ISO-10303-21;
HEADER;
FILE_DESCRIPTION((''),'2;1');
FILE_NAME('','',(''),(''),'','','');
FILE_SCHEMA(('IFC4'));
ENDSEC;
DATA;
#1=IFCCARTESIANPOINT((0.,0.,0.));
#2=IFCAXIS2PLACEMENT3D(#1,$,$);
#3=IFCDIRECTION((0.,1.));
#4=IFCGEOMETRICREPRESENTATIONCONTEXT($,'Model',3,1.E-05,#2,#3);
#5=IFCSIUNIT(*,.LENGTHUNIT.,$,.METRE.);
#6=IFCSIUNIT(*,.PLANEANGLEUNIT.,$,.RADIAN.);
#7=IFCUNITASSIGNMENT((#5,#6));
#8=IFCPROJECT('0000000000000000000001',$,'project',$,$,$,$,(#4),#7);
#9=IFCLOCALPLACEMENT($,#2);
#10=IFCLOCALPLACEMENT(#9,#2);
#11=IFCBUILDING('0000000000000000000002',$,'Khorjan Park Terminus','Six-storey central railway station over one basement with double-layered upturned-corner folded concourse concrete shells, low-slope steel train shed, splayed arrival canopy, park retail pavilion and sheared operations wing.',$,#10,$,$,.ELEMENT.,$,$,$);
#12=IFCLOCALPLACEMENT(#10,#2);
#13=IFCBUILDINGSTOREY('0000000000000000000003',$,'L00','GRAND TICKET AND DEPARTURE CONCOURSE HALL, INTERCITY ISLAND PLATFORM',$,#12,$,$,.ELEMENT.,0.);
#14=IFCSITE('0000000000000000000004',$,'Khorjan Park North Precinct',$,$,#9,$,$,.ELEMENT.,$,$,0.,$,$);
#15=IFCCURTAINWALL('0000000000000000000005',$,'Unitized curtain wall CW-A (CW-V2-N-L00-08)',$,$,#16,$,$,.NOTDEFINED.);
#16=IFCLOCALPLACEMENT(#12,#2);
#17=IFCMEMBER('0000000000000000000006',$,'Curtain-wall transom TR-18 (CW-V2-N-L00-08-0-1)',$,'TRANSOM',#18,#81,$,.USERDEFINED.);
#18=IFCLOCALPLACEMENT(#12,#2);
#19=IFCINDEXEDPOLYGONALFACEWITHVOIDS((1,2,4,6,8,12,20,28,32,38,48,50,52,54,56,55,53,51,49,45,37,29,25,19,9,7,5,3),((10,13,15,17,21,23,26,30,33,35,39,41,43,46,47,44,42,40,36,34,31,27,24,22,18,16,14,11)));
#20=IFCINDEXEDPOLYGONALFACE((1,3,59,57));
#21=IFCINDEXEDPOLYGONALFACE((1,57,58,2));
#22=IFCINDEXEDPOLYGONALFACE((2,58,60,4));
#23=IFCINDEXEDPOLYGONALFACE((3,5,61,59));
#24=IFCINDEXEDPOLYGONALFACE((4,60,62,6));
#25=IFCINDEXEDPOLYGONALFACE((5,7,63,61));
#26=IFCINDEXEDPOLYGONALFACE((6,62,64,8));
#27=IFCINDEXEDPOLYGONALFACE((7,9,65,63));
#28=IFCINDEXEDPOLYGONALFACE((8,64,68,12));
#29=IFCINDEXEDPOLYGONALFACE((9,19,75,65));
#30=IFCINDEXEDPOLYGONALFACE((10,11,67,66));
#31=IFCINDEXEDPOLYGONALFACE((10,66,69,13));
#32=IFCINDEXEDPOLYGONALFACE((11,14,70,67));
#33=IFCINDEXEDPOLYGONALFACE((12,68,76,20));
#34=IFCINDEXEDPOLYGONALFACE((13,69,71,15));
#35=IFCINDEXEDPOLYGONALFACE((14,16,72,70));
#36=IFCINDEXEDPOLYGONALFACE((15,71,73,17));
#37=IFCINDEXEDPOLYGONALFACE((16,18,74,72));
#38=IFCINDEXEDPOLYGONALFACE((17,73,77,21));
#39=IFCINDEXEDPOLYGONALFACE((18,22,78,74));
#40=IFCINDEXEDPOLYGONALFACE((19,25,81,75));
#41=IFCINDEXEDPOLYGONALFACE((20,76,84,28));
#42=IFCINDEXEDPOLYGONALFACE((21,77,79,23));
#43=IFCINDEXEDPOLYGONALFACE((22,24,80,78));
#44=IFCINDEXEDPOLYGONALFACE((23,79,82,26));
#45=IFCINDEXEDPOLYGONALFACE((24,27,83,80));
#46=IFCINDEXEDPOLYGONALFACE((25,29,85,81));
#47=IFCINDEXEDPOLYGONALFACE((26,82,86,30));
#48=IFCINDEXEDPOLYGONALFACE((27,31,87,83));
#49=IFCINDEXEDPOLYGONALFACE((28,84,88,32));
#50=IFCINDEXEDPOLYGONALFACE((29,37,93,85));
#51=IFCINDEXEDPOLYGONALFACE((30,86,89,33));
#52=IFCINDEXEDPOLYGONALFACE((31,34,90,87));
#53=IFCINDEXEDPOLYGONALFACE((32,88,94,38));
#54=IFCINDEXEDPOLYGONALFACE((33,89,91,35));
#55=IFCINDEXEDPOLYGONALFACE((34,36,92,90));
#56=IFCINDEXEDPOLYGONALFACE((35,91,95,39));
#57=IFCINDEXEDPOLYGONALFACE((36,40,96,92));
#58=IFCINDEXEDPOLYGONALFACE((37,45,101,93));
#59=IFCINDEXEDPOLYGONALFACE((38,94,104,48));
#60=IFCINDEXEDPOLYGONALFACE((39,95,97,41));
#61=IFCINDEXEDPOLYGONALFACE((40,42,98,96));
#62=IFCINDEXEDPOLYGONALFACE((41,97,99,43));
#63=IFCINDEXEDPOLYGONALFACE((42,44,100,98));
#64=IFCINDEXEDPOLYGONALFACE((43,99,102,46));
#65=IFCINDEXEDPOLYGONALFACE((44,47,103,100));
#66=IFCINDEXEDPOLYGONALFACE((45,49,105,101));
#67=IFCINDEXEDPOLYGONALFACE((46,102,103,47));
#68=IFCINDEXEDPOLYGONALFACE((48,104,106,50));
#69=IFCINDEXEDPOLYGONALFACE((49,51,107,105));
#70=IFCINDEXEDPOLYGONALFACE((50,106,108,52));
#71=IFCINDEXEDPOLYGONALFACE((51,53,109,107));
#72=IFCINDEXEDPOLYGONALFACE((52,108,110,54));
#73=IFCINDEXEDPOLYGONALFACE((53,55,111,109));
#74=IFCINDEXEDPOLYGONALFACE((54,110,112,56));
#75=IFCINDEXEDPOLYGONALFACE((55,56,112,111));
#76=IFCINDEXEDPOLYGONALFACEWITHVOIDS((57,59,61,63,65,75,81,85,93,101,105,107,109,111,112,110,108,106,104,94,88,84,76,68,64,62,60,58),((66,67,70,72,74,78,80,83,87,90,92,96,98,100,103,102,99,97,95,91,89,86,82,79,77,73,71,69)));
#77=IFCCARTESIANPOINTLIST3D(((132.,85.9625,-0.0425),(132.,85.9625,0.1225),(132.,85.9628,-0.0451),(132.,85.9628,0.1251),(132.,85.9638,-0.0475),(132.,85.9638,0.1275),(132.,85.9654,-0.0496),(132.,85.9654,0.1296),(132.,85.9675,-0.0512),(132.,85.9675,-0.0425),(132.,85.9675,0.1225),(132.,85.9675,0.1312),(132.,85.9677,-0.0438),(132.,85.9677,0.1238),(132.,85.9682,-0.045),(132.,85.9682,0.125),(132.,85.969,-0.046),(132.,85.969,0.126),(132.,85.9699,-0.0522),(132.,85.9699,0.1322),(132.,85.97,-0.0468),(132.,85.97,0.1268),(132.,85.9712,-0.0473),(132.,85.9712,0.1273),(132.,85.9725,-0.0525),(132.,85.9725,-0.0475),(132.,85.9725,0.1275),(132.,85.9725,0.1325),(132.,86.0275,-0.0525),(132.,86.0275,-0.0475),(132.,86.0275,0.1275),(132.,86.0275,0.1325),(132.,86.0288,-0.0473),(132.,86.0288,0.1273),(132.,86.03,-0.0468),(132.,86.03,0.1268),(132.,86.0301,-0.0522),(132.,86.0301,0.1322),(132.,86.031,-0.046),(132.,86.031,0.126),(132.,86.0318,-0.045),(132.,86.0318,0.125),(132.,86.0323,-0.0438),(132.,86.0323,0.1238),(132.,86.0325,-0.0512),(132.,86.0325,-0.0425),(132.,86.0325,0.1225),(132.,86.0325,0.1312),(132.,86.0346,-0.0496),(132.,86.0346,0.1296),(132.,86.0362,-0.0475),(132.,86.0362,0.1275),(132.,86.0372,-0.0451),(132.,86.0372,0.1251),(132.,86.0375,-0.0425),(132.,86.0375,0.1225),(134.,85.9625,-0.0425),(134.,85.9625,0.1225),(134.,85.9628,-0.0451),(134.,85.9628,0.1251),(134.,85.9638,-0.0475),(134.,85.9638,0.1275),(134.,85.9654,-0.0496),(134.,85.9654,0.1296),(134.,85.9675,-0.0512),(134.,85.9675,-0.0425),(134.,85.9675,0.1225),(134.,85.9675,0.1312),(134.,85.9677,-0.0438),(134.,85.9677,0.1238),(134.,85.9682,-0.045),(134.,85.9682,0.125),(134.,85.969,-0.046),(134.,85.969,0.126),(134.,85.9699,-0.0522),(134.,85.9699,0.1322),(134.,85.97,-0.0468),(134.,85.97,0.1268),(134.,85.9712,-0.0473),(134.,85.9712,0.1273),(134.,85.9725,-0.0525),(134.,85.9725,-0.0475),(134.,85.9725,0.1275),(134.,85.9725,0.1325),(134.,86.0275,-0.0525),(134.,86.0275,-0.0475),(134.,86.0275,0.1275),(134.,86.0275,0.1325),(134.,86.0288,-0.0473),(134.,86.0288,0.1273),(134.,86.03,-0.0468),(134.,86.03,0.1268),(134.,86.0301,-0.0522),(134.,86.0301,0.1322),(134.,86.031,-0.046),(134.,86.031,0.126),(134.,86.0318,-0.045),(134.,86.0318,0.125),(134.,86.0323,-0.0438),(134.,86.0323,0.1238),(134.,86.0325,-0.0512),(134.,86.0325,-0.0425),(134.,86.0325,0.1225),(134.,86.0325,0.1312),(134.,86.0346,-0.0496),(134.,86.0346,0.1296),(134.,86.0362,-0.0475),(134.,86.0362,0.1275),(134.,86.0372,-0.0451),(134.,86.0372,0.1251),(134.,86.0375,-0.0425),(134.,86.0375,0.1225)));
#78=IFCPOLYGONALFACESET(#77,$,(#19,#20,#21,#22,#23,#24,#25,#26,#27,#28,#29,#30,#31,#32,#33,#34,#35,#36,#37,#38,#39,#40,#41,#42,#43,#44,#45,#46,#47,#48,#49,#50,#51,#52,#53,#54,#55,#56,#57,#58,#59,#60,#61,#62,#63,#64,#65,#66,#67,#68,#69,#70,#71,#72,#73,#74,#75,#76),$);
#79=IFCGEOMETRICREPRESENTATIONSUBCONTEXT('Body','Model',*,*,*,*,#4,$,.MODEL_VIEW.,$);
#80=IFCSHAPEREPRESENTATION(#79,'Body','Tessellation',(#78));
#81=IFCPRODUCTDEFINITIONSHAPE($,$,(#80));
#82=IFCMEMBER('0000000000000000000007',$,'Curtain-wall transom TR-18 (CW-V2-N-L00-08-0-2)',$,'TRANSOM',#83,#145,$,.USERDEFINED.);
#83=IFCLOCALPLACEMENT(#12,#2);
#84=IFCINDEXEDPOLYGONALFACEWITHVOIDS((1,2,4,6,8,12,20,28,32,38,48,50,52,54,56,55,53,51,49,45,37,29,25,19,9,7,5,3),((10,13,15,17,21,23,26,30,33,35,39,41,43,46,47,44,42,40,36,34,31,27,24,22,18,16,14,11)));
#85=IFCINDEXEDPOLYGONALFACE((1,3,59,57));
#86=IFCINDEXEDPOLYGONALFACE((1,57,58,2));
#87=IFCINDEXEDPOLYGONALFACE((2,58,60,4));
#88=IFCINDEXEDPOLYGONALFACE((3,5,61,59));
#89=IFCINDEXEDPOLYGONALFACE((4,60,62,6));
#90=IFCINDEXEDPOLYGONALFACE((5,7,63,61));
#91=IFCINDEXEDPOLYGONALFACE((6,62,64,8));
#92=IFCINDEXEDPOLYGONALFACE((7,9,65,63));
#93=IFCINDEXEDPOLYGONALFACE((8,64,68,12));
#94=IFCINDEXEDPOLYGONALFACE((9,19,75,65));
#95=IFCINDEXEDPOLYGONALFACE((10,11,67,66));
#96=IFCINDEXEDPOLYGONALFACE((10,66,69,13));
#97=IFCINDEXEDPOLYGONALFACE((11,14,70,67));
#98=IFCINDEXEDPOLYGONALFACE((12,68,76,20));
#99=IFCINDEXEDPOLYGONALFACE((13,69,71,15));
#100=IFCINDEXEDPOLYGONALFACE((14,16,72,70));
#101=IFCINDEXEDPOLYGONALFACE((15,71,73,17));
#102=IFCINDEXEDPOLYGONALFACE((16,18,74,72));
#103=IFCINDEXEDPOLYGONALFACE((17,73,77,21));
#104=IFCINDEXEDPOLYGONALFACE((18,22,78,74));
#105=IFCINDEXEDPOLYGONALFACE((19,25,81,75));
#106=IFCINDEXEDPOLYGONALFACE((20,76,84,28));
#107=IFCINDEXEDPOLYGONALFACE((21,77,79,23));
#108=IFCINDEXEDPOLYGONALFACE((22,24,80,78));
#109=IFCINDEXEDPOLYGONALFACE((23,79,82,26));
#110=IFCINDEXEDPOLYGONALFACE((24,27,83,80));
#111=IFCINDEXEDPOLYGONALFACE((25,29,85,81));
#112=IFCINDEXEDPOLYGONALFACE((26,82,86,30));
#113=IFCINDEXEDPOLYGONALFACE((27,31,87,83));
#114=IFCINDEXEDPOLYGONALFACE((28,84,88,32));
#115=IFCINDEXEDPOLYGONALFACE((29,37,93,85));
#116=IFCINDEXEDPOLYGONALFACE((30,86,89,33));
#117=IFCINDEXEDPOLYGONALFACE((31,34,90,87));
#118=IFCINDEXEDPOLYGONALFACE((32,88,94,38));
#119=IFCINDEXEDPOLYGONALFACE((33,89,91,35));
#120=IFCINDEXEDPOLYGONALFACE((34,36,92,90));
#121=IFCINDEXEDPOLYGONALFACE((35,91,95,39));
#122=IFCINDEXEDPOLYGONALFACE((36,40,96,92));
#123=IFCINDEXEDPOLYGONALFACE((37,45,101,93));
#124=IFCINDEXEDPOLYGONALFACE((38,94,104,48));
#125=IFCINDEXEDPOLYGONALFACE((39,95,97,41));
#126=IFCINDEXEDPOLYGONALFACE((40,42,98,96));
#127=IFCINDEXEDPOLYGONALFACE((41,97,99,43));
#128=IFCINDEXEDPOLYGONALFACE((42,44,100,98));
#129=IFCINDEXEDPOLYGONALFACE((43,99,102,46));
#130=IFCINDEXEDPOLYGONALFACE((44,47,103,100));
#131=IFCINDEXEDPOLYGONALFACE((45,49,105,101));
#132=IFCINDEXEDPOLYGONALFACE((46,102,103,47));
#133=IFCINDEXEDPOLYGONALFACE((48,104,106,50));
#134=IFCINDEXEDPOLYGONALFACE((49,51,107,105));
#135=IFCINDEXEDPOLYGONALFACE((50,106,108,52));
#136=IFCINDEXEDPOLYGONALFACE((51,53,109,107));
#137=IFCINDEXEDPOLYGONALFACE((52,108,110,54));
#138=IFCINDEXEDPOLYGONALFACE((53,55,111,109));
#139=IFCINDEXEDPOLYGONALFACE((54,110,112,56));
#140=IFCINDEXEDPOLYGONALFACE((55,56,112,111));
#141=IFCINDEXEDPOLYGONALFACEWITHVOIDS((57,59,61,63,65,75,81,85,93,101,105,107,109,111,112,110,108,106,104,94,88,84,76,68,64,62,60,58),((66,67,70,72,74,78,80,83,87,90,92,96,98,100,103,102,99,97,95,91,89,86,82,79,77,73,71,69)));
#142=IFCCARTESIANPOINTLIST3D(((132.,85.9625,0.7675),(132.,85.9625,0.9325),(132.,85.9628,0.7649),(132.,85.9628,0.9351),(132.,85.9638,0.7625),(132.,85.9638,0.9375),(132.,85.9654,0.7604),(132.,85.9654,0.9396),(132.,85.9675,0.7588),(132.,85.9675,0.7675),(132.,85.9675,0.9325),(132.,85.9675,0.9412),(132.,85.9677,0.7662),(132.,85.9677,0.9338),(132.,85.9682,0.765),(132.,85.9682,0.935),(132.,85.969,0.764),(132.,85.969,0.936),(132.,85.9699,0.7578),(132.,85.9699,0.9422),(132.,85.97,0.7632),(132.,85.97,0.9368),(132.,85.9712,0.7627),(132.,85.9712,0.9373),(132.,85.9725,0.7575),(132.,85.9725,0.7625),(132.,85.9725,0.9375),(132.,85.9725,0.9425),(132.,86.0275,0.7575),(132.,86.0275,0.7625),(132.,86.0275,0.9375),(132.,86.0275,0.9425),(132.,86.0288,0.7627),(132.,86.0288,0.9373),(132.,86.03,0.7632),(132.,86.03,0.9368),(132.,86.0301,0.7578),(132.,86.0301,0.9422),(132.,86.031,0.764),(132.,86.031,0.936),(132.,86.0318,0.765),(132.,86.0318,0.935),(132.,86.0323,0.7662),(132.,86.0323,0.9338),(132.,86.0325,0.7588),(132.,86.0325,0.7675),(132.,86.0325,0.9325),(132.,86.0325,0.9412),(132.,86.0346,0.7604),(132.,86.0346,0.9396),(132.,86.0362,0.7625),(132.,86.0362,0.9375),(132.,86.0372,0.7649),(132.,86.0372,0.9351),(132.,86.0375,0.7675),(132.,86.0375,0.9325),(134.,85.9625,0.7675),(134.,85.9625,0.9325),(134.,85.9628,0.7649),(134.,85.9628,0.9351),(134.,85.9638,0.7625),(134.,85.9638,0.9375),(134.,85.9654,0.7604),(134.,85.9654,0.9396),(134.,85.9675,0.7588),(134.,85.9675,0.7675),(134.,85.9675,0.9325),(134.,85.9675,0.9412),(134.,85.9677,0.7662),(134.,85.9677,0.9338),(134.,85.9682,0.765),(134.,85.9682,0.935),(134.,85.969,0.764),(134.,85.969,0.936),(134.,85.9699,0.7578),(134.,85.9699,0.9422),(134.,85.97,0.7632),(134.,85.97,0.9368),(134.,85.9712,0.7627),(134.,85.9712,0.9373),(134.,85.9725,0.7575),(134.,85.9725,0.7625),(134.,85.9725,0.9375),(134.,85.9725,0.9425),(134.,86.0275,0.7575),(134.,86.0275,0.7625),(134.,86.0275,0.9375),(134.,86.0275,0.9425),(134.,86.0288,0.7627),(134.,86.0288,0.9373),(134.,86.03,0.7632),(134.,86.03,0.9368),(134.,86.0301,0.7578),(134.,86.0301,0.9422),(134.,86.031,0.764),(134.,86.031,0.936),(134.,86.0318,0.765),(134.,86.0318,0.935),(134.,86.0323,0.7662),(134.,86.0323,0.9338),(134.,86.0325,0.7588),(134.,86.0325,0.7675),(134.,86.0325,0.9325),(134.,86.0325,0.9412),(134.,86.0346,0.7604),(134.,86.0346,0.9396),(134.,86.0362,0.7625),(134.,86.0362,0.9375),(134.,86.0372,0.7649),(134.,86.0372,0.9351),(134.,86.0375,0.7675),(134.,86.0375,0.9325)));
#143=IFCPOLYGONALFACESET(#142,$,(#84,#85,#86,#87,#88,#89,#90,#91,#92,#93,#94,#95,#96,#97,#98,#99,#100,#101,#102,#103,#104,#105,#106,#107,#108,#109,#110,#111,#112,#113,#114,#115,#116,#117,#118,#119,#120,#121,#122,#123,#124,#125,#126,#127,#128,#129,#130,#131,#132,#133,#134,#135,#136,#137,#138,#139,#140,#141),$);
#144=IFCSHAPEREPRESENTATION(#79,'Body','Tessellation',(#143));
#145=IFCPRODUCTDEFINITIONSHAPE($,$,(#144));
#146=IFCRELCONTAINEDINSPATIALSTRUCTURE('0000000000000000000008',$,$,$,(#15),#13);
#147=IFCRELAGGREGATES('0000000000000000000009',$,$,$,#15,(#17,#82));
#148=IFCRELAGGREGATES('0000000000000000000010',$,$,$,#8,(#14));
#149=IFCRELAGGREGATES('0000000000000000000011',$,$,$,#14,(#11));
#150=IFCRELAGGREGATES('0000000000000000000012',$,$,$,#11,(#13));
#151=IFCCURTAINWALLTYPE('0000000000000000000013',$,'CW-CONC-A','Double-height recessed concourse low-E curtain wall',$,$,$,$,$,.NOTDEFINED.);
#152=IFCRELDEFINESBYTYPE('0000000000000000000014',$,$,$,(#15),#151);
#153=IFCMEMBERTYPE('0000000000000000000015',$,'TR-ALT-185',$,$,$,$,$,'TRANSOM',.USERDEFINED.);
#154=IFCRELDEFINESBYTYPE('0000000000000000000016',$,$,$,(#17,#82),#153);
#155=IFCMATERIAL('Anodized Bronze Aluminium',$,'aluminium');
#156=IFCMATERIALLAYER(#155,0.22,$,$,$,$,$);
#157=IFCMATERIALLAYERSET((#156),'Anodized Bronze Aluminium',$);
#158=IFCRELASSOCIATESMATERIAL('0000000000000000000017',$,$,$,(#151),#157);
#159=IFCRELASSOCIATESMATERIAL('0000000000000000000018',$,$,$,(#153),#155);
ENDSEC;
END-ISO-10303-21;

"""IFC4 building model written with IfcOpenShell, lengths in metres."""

from ifc_helpers import new_model, si_unit, direction, frame, origin, origin_2d, place, context, subcontext, project, spatial, hollow_rectangle, extrude, material, layer, layer_set, material_profile, profile_set, type_object, element, aggregate, save


model = new_model("IFC4")

# Units and contexts
model_context = context("Model", 3, precision=1e-05, world=origin(), true_north=direction((0.0, 1.0)))
body_context = subcontext(model_context, "Body", "Model", "MODEL_VIEW")
ifc_project = project(units=[si_unit("LENGTHUNIT", "METRE"), si_unit("PLANEANGLEUNIT", "RADIAN")], contexts=[model_context])

# Site, building, storey
site_placement = place(None, origin())
site = spatial("IfcSite", under=ifc_project, at=site_placement, Name="Khorjan Park North Precinct", CompositionType="ELEMENT", RefElevation=0.0)
building_placement = place(site_placement, origin())
building = spatial("IfcBuilding", under=site, at=building_placement, Name="Khorjan Park Terminus", Description="Six-storey central railway station over one basement with double-layered upturned-corner folded concourse concrete shells, low-slope steel train shed, splayed arrival canopy, park retail pavilion and sheared operations wing.", CompositionType="ELEMENT")
storey_placement = place(building_placement, origin())
storey = spatial("IfcBuildingStorey", under=building, at=storey_placement, Name="L00", Description="GRAND TICKET AND DEPARTURE CONCOURSE HALL, INTERCITY ISLAND PLATFORM", CompositionType="ELEMENT", Elevation=0.0)

# Curtain wall, members
ifc_material_1 = material(Name="Anodized Bronze Aluminium", Category="aluminium")
ifc_layer_1 = layer(ifc_material_1, 0.22)
ifc_layer_set_1 = layer_set([ifc_layer_1], Name="Anodized Bronze Aluminium")
curtain_wall_type = type_object("IfcCurtainWallType", Name="CW-CONC-A", Description="Double-height recessed concourse low-E curtain wall", PredefinedType="NOTDEFINED", material=ifc_layer_set_1)
curtain_wall_1_placement = place(storey_placement, origin())
curtain_wall_1 = element("IfcCurtainWall", 1, at=curtain_wall_1_placement, inside=storey, type_object=curtain_wall_type, Name="Unitized curtain wall CW-A (CW-V2-N-L00-08)", PredefinedType="NOTDEFINED")
ifc_material_profile_1 = material_profile(ifc_material_1, hollow_rectangle(XDim=0.075, YDim=0.185, WallThickness=0.005, InnerFilletRadius=0.005, OuterFilletRadius=0.01, at=origin_2d()), Name="ALT 75x185x5")
ifc_profile_set_1 = profile_set([ifc_material_profile_1], Name="Anodized Bronze Aluminium")
member_type_1 = type_object("IfcMemberType", Name="TR-ALT-185", ElementType="TRANSOM", PredefinedType="USERDEFINED", material=ifc_profile_set_1)
member_1_placement = place(storey_placement, frame((134.0, 86.0, 0.04), z_axis=(-1.0, 0.0, 0.0), x_axis=(0.0, -1.0, 0.0)))
member_1 = element("IfcMember", 2, at=member_1_placement, type_object=member_type_1, Name="Curtain-wall transom TR-18 (CW-V2-N-L00-08-0-1)", ObjectType="TRANSOM", PredefinedType="USERDEFINED", context=body_context, shape_type="SweptSolid", body=[
    extrude(hollow_rectangle(XDim=0.075, YDim=0.185, WallThickness=0.005, InnerFilletRadius=0.005, OuterFilletRadius=0.01, at=origin_2d()), origin(), (0.0, 0.0, 1.0), 2.0),
])
member_2_placement = place(storey_placement, frame((134.0, 86.0, 0.85), z_axis=(-1.0, 0.0, 0.0), x_axis=(0.0, -1.0, 0.0)))
member_2 = element("IfcMember", 3, at=member_2_placement, type_object=member_type_1, Name="Curtain-wall transom TR-18 (CW-V2-N-L00-08-0-2)", ObjectType="TRANSOM", PredefinedType="USERDEFINED", context=body_context, shape_type="SweptSolid", body=[
    extrude(hollow_rectangle(XDim=0.075, YDim=0.185, WallThickness=0.005, InnerFilletRadius=0.005, OuterFilletRadius=0.01, at=origin_2d()), origin(), (0.0, 0.0, 1.0), 2.0),
])

aggregate(curtain_wall_1, [member_1, member_2])

save(model, "model.ifc")
